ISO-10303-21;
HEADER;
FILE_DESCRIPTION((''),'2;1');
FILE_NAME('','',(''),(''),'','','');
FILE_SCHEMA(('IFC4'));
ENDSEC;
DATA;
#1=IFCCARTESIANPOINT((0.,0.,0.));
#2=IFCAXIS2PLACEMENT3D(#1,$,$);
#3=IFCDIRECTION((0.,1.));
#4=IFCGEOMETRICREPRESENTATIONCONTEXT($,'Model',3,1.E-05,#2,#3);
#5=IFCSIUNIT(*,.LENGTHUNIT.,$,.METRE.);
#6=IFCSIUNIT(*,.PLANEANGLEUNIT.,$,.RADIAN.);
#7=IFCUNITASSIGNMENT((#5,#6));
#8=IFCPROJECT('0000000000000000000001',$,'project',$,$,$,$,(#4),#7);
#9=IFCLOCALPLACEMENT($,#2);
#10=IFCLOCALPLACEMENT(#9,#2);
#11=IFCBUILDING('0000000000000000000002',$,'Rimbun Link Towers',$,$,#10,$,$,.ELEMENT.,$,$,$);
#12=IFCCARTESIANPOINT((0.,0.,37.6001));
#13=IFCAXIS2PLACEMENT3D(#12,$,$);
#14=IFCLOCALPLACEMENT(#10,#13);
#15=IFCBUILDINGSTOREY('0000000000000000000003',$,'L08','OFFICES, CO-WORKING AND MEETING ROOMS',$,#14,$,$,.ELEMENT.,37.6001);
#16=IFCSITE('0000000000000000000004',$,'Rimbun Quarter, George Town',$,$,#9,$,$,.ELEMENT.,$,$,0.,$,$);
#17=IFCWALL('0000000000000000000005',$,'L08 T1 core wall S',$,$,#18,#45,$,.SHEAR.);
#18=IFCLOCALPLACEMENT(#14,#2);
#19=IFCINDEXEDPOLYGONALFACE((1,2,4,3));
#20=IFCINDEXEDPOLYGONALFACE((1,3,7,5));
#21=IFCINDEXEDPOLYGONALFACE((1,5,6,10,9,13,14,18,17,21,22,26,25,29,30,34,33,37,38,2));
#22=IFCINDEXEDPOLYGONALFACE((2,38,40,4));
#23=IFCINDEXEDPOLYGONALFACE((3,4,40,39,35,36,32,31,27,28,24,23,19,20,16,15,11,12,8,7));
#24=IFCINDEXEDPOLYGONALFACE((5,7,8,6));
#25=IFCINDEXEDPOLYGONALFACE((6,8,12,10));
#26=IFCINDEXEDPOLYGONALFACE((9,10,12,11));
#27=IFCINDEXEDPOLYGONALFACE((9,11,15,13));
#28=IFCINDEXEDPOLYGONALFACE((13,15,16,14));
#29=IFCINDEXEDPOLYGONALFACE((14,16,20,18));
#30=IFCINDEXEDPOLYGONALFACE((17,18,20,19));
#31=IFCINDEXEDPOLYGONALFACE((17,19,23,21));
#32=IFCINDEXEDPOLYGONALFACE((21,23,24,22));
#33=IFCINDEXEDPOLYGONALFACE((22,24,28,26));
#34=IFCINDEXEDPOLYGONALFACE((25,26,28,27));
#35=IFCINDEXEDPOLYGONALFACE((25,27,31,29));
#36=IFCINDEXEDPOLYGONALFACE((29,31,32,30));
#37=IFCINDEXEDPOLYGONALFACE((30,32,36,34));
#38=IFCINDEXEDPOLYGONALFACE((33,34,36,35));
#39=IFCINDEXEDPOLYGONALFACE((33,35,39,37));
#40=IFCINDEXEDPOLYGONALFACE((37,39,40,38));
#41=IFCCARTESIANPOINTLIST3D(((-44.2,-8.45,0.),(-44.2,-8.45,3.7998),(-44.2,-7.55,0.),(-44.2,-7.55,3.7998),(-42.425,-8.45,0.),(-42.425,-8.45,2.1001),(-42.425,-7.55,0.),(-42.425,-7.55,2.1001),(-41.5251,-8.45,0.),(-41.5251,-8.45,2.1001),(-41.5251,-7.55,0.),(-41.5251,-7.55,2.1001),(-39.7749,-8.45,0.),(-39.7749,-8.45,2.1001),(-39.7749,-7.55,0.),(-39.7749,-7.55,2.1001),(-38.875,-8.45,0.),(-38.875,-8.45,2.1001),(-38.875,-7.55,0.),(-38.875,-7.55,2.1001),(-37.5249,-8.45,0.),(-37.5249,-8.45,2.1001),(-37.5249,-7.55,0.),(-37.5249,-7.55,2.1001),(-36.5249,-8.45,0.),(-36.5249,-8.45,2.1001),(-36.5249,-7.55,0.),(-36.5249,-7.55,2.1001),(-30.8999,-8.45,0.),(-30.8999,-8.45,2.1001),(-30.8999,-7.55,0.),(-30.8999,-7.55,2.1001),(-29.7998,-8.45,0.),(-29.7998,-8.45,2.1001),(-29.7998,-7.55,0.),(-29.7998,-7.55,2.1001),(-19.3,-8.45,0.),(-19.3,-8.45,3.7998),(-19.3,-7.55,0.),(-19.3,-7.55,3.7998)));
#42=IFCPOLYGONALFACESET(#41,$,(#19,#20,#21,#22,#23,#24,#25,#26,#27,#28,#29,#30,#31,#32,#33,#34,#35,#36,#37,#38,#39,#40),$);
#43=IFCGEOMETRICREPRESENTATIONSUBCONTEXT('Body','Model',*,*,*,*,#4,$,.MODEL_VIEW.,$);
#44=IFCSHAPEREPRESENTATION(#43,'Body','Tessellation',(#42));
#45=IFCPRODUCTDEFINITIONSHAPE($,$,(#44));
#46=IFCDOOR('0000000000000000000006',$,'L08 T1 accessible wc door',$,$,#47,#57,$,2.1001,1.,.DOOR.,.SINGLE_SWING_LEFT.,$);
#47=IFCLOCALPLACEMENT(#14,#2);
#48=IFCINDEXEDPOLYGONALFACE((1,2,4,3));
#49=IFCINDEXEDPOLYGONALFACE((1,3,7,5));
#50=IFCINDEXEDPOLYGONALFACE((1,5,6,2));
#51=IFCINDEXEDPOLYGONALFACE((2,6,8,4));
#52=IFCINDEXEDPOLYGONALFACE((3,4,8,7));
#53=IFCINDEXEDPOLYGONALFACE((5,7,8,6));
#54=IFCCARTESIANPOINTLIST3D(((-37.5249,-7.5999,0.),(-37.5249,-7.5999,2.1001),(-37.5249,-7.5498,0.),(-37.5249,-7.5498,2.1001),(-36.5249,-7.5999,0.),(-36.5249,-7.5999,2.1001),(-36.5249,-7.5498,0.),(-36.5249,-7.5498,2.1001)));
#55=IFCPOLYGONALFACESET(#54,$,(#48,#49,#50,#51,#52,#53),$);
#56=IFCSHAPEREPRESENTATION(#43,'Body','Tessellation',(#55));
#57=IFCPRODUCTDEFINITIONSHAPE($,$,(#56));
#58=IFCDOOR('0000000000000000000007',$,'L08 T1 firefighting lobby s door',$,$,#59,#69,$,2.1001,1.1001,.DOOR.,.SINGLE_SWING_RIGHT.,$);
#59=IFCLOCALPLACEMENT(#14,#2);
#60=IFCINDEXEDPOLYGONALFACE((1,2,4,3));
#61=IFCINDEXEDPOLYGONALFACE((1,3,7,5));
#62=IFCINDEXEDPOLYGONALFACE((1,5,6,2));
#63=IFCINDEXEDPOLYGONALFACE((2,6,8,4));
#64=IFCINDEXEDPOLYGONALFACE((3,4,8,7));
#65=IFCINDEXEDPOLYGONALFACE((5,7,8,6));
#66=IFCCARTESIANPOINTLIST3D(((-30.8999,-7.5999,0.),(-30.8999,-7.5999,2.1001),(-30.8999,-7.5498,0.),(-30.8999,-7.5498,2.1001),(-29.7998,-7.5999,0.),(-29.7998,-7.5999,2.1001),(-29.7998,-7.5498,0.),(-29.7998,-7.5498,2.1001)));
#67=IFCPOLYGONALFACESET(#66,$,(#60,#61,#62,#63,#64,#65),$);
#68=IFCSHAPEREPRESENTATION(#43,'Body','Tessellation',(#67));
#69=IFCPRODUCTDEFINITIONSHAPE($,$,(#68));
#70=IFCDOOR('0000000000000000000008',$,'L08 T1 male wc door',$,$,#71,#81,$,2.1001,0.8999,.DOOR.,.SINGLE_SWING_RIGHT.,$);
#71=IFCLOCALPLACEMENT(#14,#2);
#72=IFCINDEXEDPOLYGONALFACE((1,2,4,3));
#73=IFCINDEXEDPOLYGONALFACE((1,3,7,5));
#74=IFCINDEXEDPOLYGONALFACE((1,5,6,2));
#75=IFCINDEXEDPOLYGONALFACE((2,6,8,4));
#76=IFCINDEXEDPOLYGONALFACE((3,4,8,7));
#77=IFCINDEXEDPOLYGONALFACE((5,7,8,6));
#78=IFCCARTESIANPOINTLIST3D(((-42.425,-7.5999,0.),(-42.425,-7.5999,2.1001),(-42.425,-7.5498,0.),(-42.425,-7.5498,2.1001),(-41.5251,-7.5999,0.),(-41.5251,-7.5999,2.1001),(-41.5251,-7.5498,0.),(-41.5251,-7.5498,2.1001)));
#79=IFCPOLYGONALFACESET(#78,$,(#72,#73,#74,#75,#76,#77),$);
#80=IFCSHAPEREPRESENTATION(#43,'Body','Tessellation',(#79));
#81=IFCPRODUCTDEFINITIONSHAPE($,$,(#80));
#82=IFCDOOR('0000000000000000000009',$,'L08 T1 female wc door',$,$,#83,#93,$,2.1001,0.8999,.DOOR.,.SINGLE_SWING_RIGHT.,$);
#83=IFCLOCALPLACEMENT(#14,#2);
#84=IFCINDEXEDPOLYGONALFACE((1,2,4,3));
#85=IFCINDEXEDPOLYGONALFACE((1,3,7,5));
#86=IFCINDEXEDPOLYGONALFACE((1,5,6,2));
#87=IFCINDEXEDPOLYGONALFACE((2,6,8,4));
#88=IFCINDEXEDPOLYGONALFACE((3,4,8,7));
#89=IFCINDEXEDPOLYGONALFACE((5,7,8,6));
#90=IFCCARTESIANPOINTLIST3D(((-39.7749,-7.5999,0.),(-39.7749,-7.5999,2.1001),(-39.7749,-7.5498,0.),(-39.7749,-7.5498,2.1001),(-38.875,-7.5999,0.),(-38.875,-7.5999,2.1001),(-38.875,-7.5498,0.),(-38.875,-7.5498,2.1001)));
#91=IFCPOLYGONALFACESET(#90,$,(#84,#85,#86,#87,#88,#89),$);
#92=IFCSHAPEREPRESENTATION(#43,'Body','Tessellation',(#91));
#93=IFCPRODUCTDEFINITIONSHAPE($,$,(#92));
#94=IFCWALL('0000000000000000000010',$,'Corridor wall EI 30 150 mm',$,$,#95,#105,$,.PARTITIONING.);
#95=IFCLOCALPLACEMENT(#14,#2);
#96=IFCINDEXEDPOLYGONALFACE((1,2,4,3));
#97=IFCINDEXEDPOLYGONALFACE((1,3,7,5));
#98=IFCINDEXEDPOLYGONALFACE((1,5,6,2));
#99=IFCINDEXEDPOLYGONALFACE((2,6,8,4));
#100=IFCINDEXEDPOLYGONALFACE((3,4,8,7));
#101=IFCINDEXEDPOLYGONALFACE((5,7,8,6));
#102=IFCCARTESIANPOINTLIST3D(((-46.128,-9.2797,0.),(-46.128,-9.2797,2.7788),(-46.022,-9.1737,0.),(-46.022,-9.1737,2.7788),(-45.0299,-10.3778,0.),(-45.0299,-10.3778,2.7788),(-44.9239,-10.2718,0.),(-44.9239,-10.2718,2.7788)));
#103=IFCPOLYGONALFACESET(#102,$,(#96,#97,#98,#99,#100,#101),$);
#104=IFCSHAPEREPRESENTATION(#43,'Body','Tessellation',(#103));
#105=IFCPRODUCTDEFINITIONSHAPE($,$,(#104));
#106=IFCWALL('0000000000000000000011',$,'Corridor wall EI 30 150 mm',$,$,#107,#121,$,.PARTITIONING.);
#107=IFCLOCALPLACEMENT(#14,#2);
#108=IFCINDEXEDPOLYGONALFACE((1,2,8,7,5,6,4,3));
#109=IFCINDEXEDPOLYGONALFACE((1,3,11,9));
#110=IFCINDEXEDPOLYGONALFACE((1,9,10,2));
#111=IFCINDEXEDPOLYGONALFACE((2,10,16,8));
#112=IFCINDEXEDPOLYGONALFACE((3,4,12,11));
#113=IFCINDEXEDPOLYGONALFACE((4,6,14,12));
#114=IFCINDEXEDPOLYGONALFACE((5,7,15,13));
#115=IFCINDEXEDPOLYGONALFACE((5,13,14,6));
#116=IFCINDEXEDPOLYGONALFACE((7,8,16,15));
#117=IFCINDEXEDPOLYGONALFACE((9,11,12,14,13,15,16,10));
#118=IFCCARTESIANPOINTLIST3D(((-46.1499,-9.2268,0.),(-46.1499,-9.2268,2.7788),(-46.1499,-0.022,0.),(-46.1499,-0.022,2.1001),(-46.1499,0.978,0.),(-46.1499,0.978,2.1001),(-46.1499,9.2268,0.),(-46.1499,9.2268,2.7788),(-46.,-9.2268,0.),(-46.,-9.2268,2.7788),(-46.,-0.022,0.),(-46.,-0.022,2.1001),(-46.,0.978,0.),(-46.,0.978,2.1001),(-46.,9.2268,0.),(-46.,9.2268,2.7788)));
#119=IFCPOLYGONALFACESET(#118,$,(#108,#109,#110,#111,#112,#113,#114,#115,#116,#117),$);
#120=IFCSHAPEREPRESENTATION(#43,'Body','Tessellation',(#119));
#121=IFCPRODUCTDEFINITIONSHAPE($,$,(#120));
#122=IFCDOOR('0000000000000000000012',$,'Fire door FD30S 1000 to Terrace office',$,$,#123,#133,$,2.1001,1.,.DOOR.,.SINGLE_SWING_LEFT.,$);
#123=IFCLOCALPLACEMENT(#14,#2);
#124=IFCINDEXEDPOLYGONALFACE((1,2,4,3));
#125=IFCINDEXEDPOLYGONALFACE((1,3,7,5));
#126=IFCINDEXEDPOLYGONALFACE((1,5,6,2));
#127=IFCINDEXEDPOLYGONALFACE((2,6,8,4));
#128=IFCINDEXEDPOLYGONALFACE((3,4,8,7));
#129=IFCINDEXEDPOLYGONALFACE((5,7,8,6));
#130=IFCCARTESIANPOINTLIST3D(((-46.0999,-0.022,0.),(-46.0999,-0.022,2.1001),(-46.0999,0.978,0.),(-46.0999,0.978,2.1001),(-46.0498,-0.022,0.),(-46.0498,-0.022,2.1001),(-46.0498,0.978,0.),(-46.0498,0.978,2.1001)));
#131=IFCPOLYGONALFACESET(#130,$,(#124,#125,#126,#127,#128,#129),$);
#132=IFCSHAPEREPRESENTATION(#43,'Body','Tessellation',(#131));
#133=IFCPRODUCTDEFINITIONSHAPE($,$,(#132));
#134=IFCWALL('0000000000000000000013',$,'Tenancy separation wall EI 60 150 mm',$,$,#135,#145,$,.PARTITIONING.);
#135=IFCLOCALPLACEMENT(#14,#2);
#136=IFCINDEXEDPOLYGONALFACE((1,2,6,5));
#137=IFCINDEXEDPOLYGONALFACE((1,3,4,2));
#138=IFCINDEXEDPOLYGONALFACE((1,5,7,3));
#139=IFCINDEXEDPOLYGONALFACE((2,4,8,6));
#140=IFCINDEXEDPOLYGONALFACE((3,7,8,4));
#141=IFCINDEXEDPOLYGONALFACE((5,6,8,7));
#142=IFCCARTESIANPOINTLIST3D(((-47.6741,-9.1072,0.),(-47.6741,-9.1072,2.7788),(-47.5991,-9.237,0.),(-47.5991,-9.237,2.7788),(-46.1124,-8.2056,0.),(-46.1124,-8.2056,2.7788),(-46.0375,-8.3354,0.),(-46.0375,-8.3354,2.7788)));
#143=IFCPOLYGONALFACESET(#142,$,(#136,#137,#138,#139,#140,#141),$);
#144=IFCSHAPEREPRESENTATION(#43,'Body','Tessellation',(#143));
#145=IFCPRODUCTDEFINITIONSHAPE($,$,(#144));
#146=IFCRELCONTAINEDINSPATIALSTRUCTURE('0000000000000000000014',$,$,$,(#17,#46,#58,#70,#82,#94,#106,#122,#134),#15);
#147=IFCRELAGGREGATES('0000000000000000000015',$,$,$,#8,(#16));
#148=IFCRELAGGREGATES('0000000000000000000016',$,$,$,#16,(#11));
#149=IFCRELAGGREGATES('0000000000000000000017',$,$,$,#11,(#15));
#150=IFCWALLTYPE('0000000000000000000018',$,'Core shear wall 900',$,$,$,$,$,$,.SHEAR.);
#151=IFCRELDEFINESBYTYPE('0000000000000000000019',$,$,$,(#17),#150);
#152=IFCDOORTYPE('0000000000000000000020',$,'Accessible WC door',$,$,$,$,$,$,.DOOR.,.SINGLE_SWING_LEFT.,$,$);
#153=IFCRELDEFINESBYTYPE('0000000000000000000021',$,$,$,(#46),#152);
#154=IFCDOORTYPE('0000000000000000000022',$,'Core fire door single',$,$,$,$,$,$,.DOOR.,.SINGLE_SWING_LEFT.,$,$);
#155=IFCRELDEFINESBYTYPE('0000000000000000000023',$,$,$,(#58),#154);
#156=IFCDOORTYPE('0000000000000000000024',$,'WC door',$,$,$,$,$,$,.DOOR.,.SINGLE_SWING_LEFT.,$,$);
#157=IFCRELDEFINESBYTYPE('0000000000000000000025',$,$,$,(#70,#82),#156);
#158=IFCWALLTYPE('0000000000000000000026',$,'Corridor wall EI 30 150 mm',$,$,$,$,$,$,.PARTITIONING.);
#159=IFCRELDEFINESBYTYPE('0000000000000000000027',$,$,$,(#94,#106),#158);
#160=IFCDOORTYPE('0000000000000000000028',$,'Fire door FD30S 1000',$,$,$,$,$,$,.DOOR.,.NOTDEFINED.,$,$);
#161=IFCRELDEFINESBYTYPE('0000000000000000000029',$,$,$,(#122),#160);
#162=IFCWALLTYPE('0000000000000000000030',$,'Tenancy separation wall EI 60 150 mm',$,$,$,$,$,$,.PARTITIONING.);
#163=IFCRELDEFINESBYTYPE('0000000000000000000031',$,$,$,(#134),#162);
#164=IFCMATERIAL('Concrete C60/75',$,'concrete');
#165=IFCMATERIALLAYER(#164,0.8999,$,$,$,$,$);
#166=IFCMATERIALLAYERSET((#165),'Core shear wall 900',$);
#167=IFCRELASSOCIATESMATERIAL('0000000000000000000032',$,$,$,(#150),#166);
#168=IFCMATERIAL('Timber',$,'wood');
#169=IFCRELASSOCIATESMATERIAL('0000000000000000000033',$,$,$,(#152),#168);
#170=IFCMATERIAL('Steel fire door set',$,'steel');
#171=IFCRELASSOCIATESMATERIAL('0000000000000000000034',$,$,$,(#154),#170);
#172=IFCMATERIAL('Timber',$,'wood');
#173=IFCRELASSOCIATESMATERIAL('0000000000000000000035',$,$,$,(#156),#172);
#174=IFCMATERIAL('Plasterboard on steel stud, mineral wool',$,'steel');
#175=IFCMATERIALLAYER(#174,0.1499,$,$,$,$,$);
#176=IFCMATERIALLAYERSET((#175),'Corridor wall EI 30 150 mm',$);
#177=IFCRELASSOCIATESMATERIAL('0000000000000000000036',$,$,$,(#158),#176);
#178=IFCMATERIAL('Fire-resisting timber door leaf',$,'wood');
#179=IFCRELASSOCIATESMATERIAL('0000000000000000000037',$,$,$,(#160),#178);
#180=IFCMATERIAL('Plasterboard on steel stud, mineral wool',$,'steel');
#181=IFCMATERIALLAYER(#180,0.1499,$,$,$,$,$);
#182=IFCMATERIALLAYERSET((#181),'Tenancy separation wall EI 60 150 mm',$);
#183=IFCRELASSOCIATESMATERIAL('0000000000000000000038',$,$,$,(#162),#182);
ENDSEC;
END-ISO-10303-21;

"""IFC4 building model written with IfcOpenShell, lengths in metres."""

from ifc_helpers import new_model, si_unit, direction, frame, frame_2d, origin, place, context, subcontext, project, spatial, rectangle, extrude, material, layer, layer_set, type_object, element, fill, save


model = new_model("IFC4")

# Units and contexts
model_context = context("Model", 3, precision=1e-05, world=origin(), true_north=direction((0.0, 1.0)))
body_context = subcontext(model_context, "Body", "Model", "MODEL_VIEW")
ifc_project = project(units=[si_unit("LENGTHUNIT", "METRE"), si_unit("PLANEANGLEUNIT", "RADIAN")], contexts=[model_context])

# Site, building, storey
site_placement = place(None, origin())
site = spatial("IfcSite", under=ifc_project, at=site_placement, Name="Rimbun Quarter, George Town", CompositionType="ELEMENT", RefElevation=0.0)
building_placement = place(site_placement, origin())
building = spatial("IfcBuilding", under=site, at=building_placement, Name="Rimbun Link Towers", CompositionType="ELEMENT")
storey_placement = place(building_placement, frame((0.0, 0.0, 37.6001)))
storey = spatial("IfcBuildingStorey", under=building, at=storey_placement, Name="L08", Description="OFFICES, CO-WORKING AND MEETING ROOMS", CompositionType="ELEMENT", Elevation=37.6001)

# Wall, openings, doors
ifc_material_1 = material(Name="Concrete C60/75", Category="concrete")
ifc_layer_1 = layer(ifc_material_1, 0.8999)
ifc_layer_set_1 = layer_set([ifc_layer_1], Name="Core shear wall 900")
wall_type_1 = type_object("IfcWallType", Name="Core shear wall 900", PredefinedType="SHEAR", material=ifc_layer_set_1)
wall_1_placement = place(storey_placement, frame((-44.2, -8.0, 0.0), z_axis=(0.0, 0.0, 1.0), x_axis=(1.0, 0.0, 0.0)))
wall_1 = element("IfcWall", 1, at=wall_1_placement, inside=storey, type_object=wall_type_1, Name="L08 T1 core wall S", PredefinedType="SHEAR", context=body_context, shape_type="SweptSolid", body=[
    extrude(rectangle(XDim=24.8999, YDim=0.8999, at=frame_2d((12.45, 0.0))), origin(), (0.0, 0.0, 1.0), 3.7998),
])
opening_1_placement = place(wall_1_placement, frame((13.3, 0.0, 0.0)))
opening_1 = element("IfcOpeningElement", 2, at=opening_1_placement, cuts=wall_1, PredefinedType="OPENING", context=body_context, shape_type="SweptSolid", body=[
    extrude(rectangle(XDim=1.1001, YDim=2.1001, at=frame_2d((0.55, 1.05))), frame((0.0, 0.46, 0.0), z_axis=(0.0, -1.0, 0.0), x_axis=(1.0, 0.0, 0.0)), (0.0, 0.0, 1.0), 0.9199),
])
opening_2_placement = place(wall_1_placement, frame((1.7749, 0.0, 0.0)))
opening_2 = element("IfcOpeningElement", 3, at=opening_2_placement, cuts=wall_1, PredefinedType="OPENING", context=body_context, shape_type="SweptSolid", body=[
    extrude(rectangle(XDim=0.8999, YDim=2.1001, at=frame_2d((0.45, 1.05))), frame((0.0, 0.46, 0.0), z_axis=(0.0, -1.0, 0.0), x_axis=(1.0, 0.0, 0.0)), (0.0, 0.0, 1.0), 0.9199),
])
opening_3_placement = place(wall_1_placement, frame((4.425, 0.0, 0.0)))
opening_3 = element("IfcOpeningElement", 4, at=opening_3_placement, cuts=wall_1, PredefinedType="OPENING", context=body_context, shape_type="SweptSolid", body=[
    extrude(rectangle(XDim=0.8999, YDim=2.1001, at=frame_2d((0.45, 1.05))), frame((0.0, 0.46, 0.0), z_axis=(0.0, -1.0, 0.0), x_axis=(1.0, 0.0, 0.0)), (0.0, 0.0, 1.0), 0.9199),
])
opening_4_placement = place(wall_1_placement, frame((6.675, 0.0, 0.0)))
opening_4 = element("IfcOpeningElement", 5, at=opening_4_placement, cuts=wall_1, PredefinedType="OPENING", context=body_context, shape_type="SweptSolid", body=[
    extrude(rectangle(XDim=1.0, YDim=2.1001, at=frame_2d((0.5, 1.05))), frame((0.0, 0.46, 0.0), z_axis=(0.0, -1.0, 0.0), x_axis=(1.0, 0.0, 0.0)), (0.0, 0.0, 1.0), 0.9199),
])
ifc_material_2 = material(Name="Timber", Category="wood")
door_type_1 = type_object("IfcDoorType", Name="Accessible WC door", OperationType="SINGLE_SWING_LEFT", PredefinedType="DOOR", material=ifc_material_2)
door_1_placement = place(opening_4_placement, origin())
door_1 = element("IfcDoor", 6, at=door_1_placement, inside=storey, type_object=door_type_1, Name="L08 T1 accessible wc door", OperationType="SINGLE_SWING_LEFT", OverallHeight=2.1001, OverallWidth=1.0, PredefinedType="DOOR", context=body_context, shape_type="SweptSolid", body=[
    extrude(rectangle(XDim=1.0, YDim=2.1001, at=frame_2d((0.5, 1.05))), frame((0.0, 0.4502, 0.0), z_axis=(0.0, -1.0, 0.0), x_axis=(1.0, 0.0, 0.0)), (0.0, 0.0, 1.0), 0.05),
])
fill(opening_4, door_1)
ifc_material_3 = material(Name="Steel fire door set", Category="steel")
door_type_2 = type_object("IfcDoorType", Name="Core fire door single", OperationType="SINGLE_SWING_LEFT", PredefinedType="DOOR", material=ifc_material_3)
door_2_placement = place(opening_1_placement, origin())
door_2 = element("IfcDoor", 7, at=door_2_placement, inside=storey, type_object=door_type_2, Name="L08 T1 firefighting lobby s door", OperationType="SINGLE_SWING_RIGHT", OverallHeight=2.1001, OverallWidth=1.1001, PredefinedType="DOOR", context=body_context, shape_type="SweptSolid", body=[
    extrude(rectangle(XDim=1.1001, YDim=2.1001, at=frame_2d((0.55, 1.05))), frame((0.0, 0.4502, 0.0), z_axis=(0.0, -1.0, 0.0), x_axis=(1.0, 0.0, 0.0)), (0.0, 0.0, 1.0), 0.05),
])
fill(opening_1, door_2)
ifc_material_4 = material(Name="Timber", Category="wood")
door_type_3 = type_object("IfcDoorType", Name="WC door", OperationType="SINGLE_SWING_LEFT", PredefinedType="DOOR", material=ifc_material_4)
door_3_placement = place(opening_2_placement, origin())
door_3 = element("IfcDoor", 8, at=door_3_placement, inside=storey, type_object=door_type_3, Name="L08 T1 male wc door", OperationType="SINGLE_SWING_RIGHT", OverallHeight=2.1001, OverallWidth=0.8999, PredefinedType="DOOR", context=body_context, shape_type="SweptSolid", body=[
    extrude(rectangle(XDim=0.8999, YDim=2.1001, at=frame_2d((0.45, 1.05))), frame((0.0, 0.4502, 0.0), z_axis=(0.0, -1.0, 0.0), x_axis=(1.0, 0.0, 0.0)), (0.0, 0.0, 1.0), 0.05),
])
fill(opening_2, door_3)
door_4_placement = place(opening_3_placement, origin())
door_4 = element("IfcDoor", 9, at=door_4_placement, inside=storey, type_object=door_type_3, Name="L08 T1 female wc door", OperationType="SINGLE_SWING_RIGHT", OverallHeight=2.1001, OverallWidth=0.8999, PredefinedType="DOOR", context=body_context, shape_type="SweptSolid", body=[
    extrude(rectangle(XDim=0.8999, YDim=2.1001, at=frame_2d((0.45, 1.05))), frame((0.0, 0.4502, 0.0), z_axis=(0.0, -1.0, 0.0), x_axis=(1.0, 0.0, 0.0)), (0.0, 0.0, 1.0), 0.05),
])
fill(opening_3, door_4)

# Wall
ifc_material_5 = material(Name="Plasterboard on steel stud, mineral wool", Category="steel")
ifc_layer_2 = layer(ifc_material_5, 0.1499)
ifc_layer_set_2 = layer_set([ifc_layer_2], Name="Corridor wall EI 30 150 mm")
wall_type_2 = type_object("IfcWallType", Name="Corridor wall EI 30 150 mm", PredefinedType="PARTITIONING", material=ifc_layer_set_2)
wall_2_placement = place(storey_placement, frame((-46.075, -9.2268, 0.0), z_axis=(0.0, 0.0, 1.0), x_axis=(0.707107, -0.707107, 0.0)))
element("IfcWall", 10, at=wall_2_placement, inside=storey, type_object=wall_type_2, Name="Corridor wall EI 30 150 mm", PredefinedType="PARTITIONING", context=body_context, shape_type="SweptSolid", body=[
    extrude(rectangle(XDim=1.553, YDim=0.1499, at=frame_2d((0.7764, 0.0))), origin(), (0.0, 0.0, 1.0), 2.7788),
])

# Wall, opening, door
wall_3_placement = place(storey_placement, frame((-46.075, -9.2268, 0.0), z_axis=(0.0, 0.0, 1.0), x_axis=(0.0, 1.0, 0.0)))
wall_3 = element("IfcWall", 11, at=wall_3_placement, inside=storey, type_object=wall_type_2, Name="Corridor wall EI 30 150 mm", PredefinedType="PARTITIONING", context=body_context, shape_type="SweptSolid", body=[
    extrude(rectangle(XDim=18.4536, YDim=0.1499, at=frame_2d((9.2268, 0.0))), origin(), (0.0, 0.0, 1.0), 2.7788),
])
opening_5_placement = place(wall_3_placement, frame((9.2048, 0.0, 0.0)))
opening_5 = element("IfcOpeningElement", 12, at=opening_5_placement, cuts=wall_3, PredefinedType="OPENING", context=body_context, shape_type="SweptSolid", body=[
    extrude(rectangle(XDim=1.0, YDim=2.1001, at=frame_2d((0.5, 1.05))), frame((0.0, 0.085, 0.0), z_axis=(0.0, -1.0, 0.0), x_axis=(1.0, 0.0, 0.0)), (0.0, 0.0, 1.0), 0.1699),
])
ifc_material_6 = material(Name="Fire-resisting timber door leaf", Category="wood")
door_type_4 = type_object("IfcDoorType", Name="Fire door FD30S 1000", OperationType="NOTDEFINED", PredefinedType="DOOR", material=ifc_material_6)
door_5_placement = place(opening_5_placement, origin())
door_5 = element("IfcDoor", 13, at=door_5_placement, inside=storey, type_object=door_type_4, Name="Fire door FD30S 1000 to Terrace office", OperationType="SINGLE_SWING_LEFT", OverallHeight=2.1001, OverallWidth=1.0, PredefinedType="DOOR", context=body_context, shape_type="SweptSolid", body=[
    extrude(rectangle(XDim=1.0, YDim=2.1001, at=frame_2d((0.5, 1.05))), frame((0.0, 0.0249, 0.0), z_axis=(0.0, -1.0, 0.0), x_axis=(1.0, 0.0, 0.0)), (0.0, 0.0, 1.0), 0.05),
])
fill(opening_5, door_5)

# Wall
ifc_material_7 = material(Name="Plasterboard on steel stud, mineral wool", Category="steel")
ifc_layer_3 = layer(ifc_material_7, 0.1499)
ifc_layer_set_3 = layer_set([ifc_layer_3], Name="Tenancy separation wall EI 60 150 mm")
wall_type_3 = type_object("IfcWallType", Name="Tenancy separation wall EI 60 150 mm", PredefinedType="PARTITIONING", material=ifc_layer_set_3)
wall_4_placement = place(storey_placement, frame((-46.075, -8.2705, 0.0), z_axis=(0.0, 0.0, 1.0), x_axis=(-0.866044, -0.499969, 0.0)))
element("IfcWall", 14, at=wall_4_placement, inside=storey, type_object=wall_type_3, Name="Tenancy separation wall EI 60 150 mm", PredefinedType="PARTITIONING", context=body_context, shape_type="SweptSolid", body=[
    extrude(rectangle(XDim=1.8032, YDim=0.1499, at=frame_2d((0.9016, 0.0))), origin(), (0.0, 0.0, 1.0), 2.7788),
])

save(model, "model.ifc")
